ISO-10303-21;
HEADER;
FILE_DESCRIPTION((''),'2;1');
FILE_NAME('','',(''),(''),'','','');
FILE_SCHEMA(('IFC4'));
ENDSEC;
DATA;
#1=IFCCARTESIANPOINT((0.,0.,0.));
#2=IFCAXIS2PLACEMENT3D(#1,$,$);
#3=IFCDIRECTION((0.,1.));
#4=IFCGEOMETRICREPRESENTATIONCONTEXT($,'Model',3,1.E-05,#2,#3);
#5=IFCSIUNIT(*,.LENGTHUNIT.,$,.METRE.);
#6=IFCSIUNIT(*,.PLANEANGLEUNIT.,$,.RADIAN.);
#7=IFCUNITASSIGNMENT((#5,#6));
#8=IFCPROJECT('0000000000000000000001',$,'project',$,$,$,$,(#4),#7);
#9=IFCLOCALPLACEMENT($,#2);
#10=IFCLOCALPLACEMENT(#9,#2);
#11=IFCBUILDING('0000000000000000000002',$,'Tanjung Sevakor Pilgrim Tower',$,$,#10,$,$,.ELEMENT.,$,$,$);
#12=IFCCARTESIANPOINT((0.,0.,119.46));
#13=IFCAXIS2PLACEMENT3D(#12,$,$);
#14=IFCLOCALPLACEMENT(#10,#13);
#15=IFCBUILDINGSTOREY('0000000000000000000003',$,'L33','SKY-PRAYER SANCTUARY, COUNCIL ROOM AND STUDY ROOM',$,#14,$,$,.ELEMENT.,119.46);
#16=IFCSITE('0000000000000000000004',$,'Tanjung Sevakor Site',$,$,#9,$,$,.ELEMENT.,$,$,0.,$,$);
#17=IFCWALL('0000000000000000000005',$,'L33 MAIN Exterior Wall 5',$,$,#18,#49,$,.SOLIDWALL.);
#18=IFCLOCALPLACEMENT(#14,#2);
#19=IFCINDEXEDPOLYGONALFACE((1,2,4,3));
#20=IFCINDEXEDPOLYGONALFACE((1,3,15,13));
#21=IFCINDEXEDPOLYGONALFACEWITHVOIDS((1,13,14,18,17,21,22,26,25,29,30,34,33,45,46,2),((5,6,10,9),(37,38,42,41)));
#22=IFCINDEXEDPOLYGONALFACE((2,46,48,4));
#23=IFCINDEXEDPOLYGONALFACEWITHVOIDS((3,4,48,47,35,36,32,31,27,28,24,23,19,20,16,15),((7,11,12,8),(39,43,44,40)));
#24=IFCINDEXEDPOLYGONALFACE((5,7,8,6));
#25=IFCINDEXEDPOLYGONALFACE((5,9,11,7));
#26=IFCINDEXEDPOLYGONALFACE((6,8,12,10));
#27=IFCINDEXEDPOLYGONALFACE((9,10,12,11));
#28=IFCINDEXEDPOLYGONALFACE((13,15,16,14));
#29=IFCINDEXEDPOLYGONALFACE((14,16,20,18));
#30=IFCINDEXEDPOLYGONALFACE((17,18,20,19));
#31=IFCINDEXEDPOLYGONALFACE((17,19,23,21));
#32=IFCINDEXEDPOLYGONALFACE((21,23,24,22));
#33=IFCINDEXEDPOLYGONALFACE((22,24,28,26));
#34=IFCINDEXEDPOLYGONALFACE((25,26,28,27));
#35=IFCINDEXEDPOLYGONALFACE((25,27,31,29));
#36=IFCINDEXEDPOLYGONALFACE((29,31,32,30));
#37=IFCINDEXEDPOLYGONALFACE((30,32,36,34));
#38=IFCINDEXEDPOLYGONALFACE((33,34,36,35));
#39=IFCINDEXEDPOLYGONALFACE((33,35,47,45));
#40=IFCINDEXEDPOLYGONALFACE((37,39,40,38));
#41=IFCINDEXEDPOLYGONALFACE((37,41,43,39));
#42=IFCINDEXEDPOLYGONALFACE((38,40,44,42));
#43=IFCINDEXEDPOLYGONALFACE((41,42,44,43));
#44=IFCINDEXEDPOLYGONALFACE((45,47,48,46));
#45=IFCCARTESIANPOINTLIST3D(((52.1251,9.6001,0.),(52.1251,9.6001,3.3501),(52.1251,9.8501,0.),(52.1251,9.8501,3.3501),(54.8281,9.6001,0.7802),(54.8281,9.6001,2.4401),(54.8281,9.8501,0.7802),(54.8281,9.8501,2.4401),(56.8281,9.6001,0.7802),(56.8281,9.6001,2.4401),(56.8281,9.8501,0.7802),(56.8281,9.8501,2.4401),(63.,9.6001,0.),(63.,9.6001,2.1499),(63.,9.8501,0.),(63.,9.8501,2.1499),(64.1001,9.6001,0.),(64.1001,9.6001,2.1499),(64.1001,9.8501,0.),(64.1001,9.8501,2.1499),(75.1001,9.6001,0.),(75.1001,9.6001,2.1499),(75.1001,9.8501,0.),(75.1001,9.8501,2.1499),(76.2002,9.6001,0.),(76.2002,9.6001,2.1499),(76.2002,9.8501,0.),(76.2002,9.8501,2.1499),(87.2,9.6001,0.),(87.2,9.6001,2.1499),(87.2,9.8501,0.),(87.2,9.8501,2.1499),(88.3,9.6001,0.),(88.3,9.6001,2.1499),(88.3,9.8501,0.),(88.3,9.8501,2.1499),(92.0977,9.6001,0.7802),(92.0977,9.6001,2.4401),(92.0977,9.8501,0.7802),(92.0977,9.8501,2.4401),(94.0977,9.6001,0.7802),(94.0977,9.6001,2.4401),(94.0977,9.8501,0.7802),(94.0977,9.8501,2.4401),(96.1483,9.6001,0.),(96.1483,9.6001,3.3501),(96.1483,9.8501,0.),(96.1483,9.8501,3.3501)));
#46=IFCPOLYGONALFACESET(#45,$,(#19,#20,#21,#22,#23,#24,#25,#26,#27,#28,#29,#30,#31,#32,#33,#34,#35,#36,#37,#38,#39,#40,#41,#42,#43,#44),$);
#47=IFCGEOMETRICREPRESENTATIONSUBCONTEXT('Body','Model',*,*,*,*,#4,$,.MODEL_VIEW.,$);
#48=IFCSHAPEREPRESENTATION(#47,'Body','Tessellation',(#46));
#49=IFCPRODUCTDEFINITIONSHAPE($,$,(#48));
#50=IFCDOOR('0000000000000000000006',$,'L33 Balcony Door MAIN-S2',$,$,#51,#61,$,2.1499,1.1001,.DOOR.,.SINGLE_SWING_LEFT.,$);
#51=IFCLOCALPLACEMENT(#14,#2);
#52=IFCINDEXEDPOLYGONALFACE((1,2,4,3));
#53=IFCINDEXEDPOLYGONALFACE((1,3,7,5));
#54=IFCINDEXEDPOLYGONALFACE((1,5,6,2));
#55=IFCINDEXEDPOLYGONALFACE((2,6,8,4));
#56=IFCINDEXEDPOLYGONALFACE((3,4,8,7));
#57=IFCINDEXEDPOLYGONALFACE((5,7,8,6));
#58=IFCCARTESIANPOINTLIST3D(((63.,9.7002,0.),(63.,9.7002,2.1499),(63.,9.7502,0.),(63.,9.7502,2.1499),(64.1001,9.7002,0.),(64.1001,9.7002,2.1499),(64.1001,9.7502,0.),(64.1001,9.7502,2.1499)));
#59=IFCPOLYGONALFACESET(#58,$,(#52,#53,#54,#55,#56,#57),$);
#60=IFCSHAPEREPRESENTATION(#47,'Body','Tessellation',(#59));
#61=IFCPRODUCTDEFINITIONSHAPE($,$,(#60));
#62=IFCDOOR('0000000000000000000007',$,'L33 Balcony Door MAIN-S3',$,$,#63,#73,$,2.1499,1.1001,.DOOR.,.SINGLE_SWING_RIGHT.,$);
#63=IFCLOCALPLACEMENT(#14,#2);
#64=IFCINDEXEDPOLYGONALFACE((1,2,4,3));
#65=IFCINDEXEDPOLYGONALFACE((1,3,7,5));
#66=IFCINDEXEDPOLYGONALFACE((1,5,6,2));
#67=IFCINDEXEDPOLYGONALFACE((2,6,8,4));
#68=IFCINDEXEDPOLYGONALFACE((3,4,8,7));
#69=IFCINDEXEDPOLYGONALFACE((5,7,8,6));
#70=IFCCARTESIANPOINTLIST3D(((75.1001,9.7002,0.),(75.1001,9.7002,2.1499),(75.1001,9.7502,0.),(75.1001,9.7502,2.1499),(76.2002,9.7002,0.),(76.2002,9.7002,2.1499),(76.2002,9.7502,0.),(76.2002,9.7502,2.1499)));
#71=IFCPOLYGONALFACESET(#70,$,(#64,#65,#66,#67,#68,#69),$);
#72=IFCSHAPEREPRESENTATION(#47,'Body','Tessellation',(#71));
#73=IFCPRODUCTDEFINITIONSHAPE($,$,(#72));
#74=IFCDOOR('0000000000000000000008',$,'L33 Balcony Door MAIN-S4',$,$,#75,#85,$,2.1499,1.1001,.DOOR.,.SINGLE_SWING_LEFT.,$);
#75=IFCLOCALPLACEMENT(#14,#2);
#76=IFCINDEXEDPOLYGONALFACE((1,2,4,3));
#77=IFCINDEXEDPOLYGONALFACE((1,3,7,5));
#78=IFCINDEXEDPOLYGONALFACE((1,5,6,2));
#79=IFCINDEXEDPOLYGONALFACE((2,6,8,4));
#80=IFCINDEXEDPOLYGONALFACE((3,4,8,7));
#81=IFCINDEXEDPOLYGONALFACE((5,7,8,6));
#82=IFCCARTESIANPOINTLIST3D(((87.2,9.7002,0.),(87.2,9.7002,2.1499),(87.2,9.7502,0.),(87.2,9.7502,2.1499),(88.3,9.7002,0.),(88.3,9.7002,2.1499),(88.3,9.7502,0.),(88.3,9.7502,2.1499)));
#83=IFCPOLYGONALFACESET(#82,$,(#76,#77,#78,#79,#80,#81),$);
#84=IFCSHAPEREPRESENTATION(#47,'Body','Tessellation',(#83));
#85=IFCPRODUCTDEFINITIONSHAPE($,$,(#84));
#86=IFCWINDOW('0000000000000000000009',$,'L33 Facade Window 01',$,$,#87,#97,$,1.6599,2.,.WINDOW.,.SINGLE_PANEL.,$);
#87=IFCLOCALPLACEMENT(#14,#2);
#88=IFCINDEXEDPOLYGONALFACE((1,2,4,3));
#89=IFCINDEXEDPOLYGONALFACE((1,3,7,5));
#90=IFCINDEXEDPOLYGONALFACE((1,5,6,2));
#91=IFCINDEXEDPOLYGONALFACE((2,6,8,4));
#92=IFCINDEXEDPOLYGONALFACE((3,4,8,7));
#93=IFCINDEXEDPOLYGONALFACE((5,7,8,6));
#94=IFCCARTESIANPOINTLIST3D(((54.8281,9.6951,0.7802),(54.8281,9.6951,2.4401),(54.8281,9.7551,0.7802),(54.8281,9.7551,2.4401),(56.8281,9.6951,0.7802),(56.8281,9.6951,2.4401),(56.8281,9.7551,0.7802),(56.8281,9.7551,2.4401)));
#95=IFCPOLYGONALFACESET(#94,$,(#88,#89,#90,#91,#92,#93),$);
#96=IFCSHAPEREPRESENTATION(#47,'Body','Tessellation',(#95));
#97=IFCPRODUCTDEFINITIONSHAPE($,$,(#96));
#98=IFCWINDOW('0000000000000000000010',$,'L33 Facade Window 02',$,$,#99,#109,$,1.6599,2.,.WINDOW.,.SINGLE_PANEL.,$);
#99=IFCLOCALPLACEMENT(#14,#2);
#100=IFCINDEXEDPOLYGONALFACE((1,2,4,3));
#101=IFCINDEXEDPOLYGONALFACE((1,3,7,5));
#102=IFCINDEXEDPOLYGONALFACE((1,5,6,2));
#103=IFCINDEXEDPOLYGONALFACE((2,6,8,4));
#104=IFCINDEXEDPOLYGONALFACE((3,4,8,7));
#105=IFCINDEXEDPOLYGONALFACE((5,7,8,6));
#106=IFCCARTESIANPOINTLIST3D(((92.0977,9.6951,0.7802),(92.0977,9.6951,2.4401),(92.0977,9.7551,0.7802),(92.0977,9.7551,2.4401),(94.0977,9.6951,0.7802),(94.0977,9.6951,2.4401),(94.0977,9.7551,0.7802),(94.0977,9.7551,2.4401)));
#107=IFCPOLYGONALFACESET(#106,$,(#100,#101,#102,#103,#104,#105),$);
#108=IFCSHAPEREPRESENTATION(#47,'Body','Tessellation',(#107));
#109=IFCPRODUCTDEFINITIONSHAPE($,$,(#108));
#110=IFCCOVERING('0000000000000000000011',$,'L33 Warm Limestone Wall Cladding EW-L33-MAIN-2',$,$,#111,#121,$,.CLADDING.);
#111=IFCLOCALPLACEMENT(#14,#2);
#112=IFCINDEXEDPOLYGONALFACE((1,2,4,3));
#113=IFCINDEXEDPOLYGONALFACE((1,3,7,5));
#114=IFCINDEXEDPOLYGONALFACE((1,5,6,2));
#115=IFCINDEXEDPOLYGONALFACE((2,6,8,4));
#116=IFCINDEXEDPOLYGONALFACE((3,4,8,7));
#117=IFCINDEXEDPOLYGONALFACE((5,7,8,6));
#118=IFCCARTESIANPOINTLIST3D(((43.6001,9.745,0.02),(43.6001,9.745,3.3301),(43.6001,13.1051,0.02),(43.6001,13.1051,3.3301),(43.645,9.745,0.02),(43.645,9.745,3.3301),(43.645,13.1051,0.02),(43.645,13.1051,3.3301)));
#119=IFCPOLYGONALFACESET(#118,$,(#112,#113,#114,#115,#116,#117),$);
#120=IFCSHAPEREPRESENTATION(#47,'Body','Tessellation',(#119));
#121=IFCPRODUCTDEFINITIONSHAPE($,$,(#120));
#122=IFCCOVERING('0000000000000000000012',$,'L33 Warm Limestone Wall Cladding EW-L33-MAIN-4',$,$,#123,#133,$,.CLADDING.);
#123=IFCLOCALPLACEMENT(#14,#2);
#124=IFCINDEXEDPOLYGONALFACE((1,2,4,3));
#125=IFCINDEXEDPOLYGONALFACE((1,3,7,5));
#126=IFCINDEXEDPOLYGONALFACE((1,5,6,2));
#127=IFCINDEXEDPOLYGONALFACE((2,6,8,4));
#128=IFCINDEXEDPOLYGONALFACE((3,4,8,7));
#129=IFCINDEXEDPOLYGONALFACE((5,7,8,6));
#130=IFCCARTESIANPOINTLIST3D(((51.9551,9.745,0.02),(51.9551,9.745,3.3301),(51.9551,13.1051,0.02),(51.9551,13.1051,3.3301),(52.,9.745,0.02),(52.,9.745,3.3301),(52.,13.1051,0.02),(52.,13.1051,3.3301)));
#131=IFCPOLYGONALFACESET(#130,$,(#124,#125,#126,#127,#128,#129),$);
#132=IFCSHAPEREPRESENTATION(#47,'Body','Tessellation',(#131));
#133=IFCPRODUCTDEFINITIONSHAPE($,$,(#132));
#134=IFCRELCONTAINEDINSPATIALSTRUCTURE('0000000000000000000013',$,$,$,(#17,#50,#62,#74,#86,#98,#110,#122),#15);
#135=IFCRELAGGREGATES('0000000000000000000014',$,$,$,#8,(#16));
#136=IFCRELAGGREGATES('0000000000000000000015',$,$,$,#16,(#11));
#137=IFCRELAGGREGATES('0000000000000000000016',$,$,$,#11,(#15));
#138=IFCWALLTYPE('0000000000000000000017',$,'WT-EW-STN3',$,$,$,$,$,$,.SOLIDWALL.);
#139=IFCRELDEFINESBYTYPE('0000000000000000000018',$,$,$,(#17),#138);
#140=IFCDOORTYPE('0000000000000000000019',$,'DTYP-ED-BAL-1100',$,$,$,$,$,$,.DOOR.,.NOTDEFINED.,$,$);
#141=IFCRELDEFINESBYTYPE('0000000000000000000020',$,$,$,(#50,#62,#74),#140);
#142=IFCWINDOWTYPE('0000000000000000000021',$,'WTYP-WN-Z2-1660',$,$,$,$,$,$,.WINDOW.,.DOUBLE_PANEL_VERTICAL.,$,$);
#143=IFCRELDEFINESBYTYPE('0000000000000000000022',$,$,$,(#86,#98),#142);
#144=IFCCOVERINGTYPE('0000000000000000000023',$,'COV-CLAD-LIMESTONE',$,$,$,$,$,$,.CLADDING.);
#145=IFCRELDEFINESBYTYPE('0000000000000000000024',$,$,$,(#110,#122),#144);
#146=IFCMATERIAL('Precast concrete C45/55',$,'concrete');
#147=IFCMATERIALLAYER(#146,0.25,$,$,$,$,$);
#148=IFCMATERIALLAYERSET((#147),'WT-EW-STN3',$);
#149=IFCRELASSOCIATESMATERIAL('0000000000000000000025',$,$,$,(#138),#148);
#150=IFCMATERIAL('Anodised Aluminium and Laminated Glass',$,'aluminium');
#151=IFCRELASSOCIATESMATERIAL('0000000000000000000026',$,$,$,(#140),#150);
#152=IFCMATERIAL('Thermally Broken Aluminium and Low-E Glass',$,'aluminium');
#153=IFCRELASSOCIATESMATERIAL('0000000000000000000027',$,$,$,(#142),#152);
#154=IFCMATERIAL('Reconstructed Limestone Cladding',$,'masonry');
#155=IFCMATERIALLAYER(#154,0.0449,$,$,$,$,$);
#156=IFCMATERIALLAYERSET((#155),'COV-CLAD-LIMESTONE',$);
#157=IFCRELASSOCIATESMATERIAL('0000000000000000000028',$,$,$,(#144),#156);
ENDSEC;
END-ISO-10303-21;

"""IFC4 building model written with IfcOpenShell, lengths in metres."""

from ifc_helpers import new_model, si_unit, direction, frame, frame_2d, origin, origin_2d, place, context, subcontext, project, spatial, rectangle, extrude, material, layer, layer_set, type_object, element, fill, save


model = new_model("IFC4")

# Units and contexts
model_context = context("Model", 3, precision=1e-05, world=origin(), true_north=direction((0.0, 1.0)))
body_context = subcontext(model_context, "Body", "Model", "MODEL_VIEW")
ifc_project = project(units=[si_unit("LENGTHUNIT", "METRE"), si_unit("PLANEANGLEUNIT", "RADIAN")], contexts=[model_context])

# Site, building, storey
site_placement = place(None, origin())
site = spatial("IfcSite", under=ifc_project, at=site_placement, Name="Tanjung Sevakor Site", CompositionType="ELEMENT", RefElevation=0.0)
building_placement = place(site_placement, origin())
building = spatial("IfcBuilding", under=site, at=building_placement, Name="Tanjung Sevakor Pilgrim Tower", CompositionType="ELEMENT")
storey_placement = place(building_placement, frame((0.0, 0.0, 119.46)))
storey = spatial("IfcBuildingStorey", under=building, at=storey_placement, Name="L33", Description="SKY-PRAYER SANCTUARY, COUNCIL ROOM AND STUDY ROOM", CompositionType="ELEMENT", Elevation=119.46)

# Shared definitions
ifc_material_1 = material(Name="Precast concrete C45/55", Category="concrete")
ifc_layer_1 = layer(ifc_material_1, 0.25)
ifc_layer_set_1 = layer_set([ifc_layer_1], Name="WT-EW-STN3")
wall_type_1 = type_object("IfcWallType", Name="WT-EW-STN3", PredefinedType="SOLIDWALL", material=ifc_layer_set_1)

# Wall, openings, doors, windows
wall_1_placement = place(storey_placement, frame((52.125, 9.7251, 0.0), z_axis=(0.0, 0.0, 1.0), x_axis=(1.0, 0.0, 0.0)))
wall_1 = element("IfcWall", 1, at=wall_1_placement, inside=storey, type_object=wall_type_1, Name="L33 MAIN Exterior Wall 5", PredefinedType="SOLIDWALL", context=body_context, shape_type="SweptSolid", body=[
    extrude(rectangle(XDim=44.0232, YDim=0.25, at=frame_2d((22.0117, 0.0))), origin(), (0.0, 0.0, 1.0), 3.3501),
])
opening_1_placement = place(wall_1_placement, frame((10.875, 0.0, 0.0)))
opening_1 = element("IfcOpeningElement", 2, at=opening_1_placement, cuts=wall_1, PredefinedType="OPENING", context=body_context, shape_type="SweptSolid", body=[
    extrude(rectangle(XDim=1.1001, YDim=2.1499, at=frame_2d((0.55, 1.075))), frame((0.0, 0.135, 0.0), z_axis=(0.0, -1.0, 0.0), x_axis=(1.0, 0.0, 0.0)), (0.0, 0.0, 1.0), 0.27),
])
opening_2_placement = place(wall_1_placement, frame((22.9751, 0.0, 0.0)))
opening_2 = element("IfcOpeningElement", 3, at=opening_2_placement, cuts=wall_1, PredefinedType="OPENING", context=body_context, shape_type="SweptSolid", body=[
    extrude(rectangle(XDim=1.1001, YDim=2.1499, at=frame_2d((0.55, 1.075))), frame((0.0, 0.135, 0.0), z_axis=(0.0, -1.0, 0.0), x_axis=(1.0, 0.0, 0.0)), (0.0, 0.0, 1.0), 0.27),
])
opening_3_placement = place(wall_1_placement, frame((35.075, 0.0, 0.0)))
opening_3 = element("IfcOpeningElement", 4, at=opening_3_placement, cuts=wall_1, PredefinedType="OPENING", context=body_context, shape_type="SweptSolid", body=[
    extrude(rectangle(XDim=1.1001, YDim=2.1499, at=frame_2d((0.55, 1.075))), frame((0.0, 0.135, 0.0), z_axis=(0.0, -1.0, 0.0), x_axis=(1.0, 0.0, 0.0)), (0.0, 0.0, 1.0), 0.27),
])
opening_4_placement = place(wall_1_placement, frame((2.7031, 0.0, 0.78)))
opening_4 = element("IfcOpeningElement", 5, at=opening_4_placement, cuts=wall_1, PredefinedType="OPENING", context=body_context, shape_type="SweptSolid", body=[
    extrude(rectangle(XDim=2.0, YDim=1.6599, at=frame_2d((1.0, 0.8301))), frame((0.0, 0.135, 0.0), z_axis=(0.0, -1.0, 0.0), x_axis=(1.0, 0.0, 0.0)), (0.0, 0.0, 1.0), 0.27),
])
opening_5_placement = place(wall_1_placement, frame((39.9727, 0.0, 0.78)))
opening_5 = element("IfcOpeningElement", 6, at=opening_5_placement, cuts=wall_1, PredefinedType="OPENING", context=body_context, shape_type="SweptSolid", body=[
    extrude(rectangle(XDim=2.0, YDim=1.6599, at=frame_2d((1.0, 0.8301))), frame((0.0, 0.135, 0.0), z_axis=(0.0, -1.0, 0.0), x_axis=(1.0, 0.0, 0.0)), (0.0, 0.0, 1.0), 0.27),
])
ifc_material_2 = material(Name="Anodised Aluminium and Laminated Glass", Category="aluminium")
door_type = type_object("IfcDoorType", Name="DTYP-ED-BAL-1100", OperationType="NOTDEFINED", PredefinedType="DOOR", material=ifc_material_2)
door_1_placement = place(opening_1_placement, frame((1.1001, 0.0, 0.0), z_axis=(0.0, 0.0, 1.0), x_axis=(-1.0, 0.0, 0.0)))
door_1 = element("IfcDoor", 7, at=door_1_placement, inside=storey, type_object=door_type, Name="L33 Balcony Door MAIN-S2", OperationType="SINGLE_SWING_LEFT", OverallHeight=2.1499, OverallWidth=1.1001, PredefinedType="DOOR", context=body_context, shape_type="SweptSolid", body=[
    extrude(rectangle(XDim=1.1001, YDim=2.1499, at=frame_2d((0.55, 1.075))), frame((0.0, 0.0249, 0.0), z_axis=(0.0, -1.0, 0.0), x_axis=(1.0, 0.0, 0.0)), (0.0, 0.0, 1.0), 0.05),
])
fill(opening_1, door_1)
door_2_placement = place(opening_2_placement, frame((1.1001, 0.0, 0.0), z_axis=(0.0, 0.0, 1.0), x_axis=(-1.0, 0.0, 0.0)))
door_2 = element("IfcDoor", 8, at=door_2_placement, inside=storey, type_object=door_type, Name="L33 Balcony Door MAIN-S3", OperationType="SINGLE_SWING_RIGHT", OverallHeight=2.1499, OverallWidth=1.1001, PredefinedType="DOOR", context=body_context, shape_type="SweptSolid", body=[
    extrude(rectangle(XDim=1.1001, YDim=2.1499, at=frame_2d((0.55, 1.075))), frame((0.0, 0.0249, 0.0), z_axis=(0.0, -1.0, 0.0), x_axis=(1.0, 0.0, 0.0)), (0.0, 0.0, 1.0), 0.05),
])
fill(opening_2, door_2)
door_3_placement = place(opening_3_placement, frame((1.1001, 0.0, 0.0), z_axis=(0.0, 0.0, 1.0), x_axis=(-1.0, 0.0, 0.0)))
door_3 = element("IfcDoor", 9, at=door_3_placement, inside=storey, type_object=door_type, Name="L33 Balcony Door MAIN-S4", OperationType="SINGLE_SWING_LEFT", OverallHeight=2.1499, OverallWidth=1.1001, PredefinedType="DOOR", context=body_context, shape_type="SweptSolid", body=[
    extrude(rectangle(XDim=1.1001, YDim=2.1499, at=frame_2d((0.55, 1.075))), frame((0.0, 0.0249, 0.0), z_axis=(0.0, -1.0, 0.0), x_axis=(1.0, 0.0, 0.0)), (0.0, 0.0, 1.0), 0.05),
])
fill(opening_3, door_3)
ifc_material_3 = material(Name="Thermally Broken Aluminium and Low-E Glass", Category="aluminium")
window_type = type_object("IfcWindowType", Name="WTYP-WN-Z2-1660", PartitioningType="DOUBLE_PANEL_VERTICAL", PredefinedType="WINDOW", material=ifc_material_3)
window_1_placement = place(opening_4_placement, origin())
window_1 = element("IfcWindow", 10, at=window_1_placement, inside=storey, type_object=window_type, Name="L33 Facade Window 01", OverallHeight=1.6599, OverallWidth=2.0, PartitioningType="SINGLE_PANEL", PredefinedType="WINDOW", context=body_context, shape_type="SweptSolid", body=[
    extrude(rectangle(XDim=2.0, YDim=1.6599, at=frame_2d((1.0, 0.8301))), frame((0.0, 0.03, 0.0), z_axis=(0.0, -1.0, 0.0), x_axis=(1.0, 0.0, 0.0)), (0.0, 0.0, 1.0), 0.0601),
])
fill(opening_4, window_1)
window_2_placement = place(opening_5_placement, origin())
window_2 = element("IfcWindow", 11, at=window_2_placement, inside=storey, type_object=window_type, Name="L33 Facade Window 02", OverallHeight=1.6599, OverallWidth=2.0, PartitioningType="SINGLE_PANEL", PredefinedType="WINDOW", context=body_context, shape_type="SweptSolid", body=[
    extrude(rectangle(XDim=2.0, YDim=1.6599, at=frame_2d((1.0, 0.8301))), frame((0.0, 0.03, 0.0), z_axis=(0.0, -1.0, 0.0), x_axis=(1.0, 0.0, 0.0)), (0.0, 0.0, 1.0), 0.0601),
])
fill(opening_5, window_2)

# Coverings
ifc_material_4 = material(Name="Reconstructed Limestone Cladding", Category="masonry")
ifc_layer_2 = layer(ifc_material_4, 0.0449)
ifc_layer_set_2 = layer_set([ifc_layer_2], Name="COV-CLAD-LIMESTONE")
covering_type = type_object("IfcCoveringType", Name="COV-CLAD-LIMESTONE", PredefinedType="CLADDING", material=ifc_layer_set_2)
for number, where, z_axis, x_axis, name in (
    (12, (43.6226, 11.425, 0.02), (0.0, 0.0, 1.0), (0.0, 1.0, 0.0), "L33 Warm Limestone Wall Cladding EW-L33-MAIN-2"),
    (13, (51.9775, 11.425, 0.02), (0.0, 0.0, 1.0), (0.0, -1.0, 0.0), "L33 Warm Limestone Wall Cladding EW-L33-MAIN-4"),
):
    element("IfcCovering", number, at=place(storey_placement, frame(where, z_axis=z_axis, x_axis=x_axis)), inside=storey, type_object=covering_type, Name=name, PredefinedType="CLADDING", context=body_context, shape_type="SweptSolid", body=[
        extrude(rectangle(XDim=3.3601, YDim=0.0449, at=origin_2d()), origin(), (0.0, 0.0, 1.0), 3.3101),
    ])

save(model, "model.ifc")
